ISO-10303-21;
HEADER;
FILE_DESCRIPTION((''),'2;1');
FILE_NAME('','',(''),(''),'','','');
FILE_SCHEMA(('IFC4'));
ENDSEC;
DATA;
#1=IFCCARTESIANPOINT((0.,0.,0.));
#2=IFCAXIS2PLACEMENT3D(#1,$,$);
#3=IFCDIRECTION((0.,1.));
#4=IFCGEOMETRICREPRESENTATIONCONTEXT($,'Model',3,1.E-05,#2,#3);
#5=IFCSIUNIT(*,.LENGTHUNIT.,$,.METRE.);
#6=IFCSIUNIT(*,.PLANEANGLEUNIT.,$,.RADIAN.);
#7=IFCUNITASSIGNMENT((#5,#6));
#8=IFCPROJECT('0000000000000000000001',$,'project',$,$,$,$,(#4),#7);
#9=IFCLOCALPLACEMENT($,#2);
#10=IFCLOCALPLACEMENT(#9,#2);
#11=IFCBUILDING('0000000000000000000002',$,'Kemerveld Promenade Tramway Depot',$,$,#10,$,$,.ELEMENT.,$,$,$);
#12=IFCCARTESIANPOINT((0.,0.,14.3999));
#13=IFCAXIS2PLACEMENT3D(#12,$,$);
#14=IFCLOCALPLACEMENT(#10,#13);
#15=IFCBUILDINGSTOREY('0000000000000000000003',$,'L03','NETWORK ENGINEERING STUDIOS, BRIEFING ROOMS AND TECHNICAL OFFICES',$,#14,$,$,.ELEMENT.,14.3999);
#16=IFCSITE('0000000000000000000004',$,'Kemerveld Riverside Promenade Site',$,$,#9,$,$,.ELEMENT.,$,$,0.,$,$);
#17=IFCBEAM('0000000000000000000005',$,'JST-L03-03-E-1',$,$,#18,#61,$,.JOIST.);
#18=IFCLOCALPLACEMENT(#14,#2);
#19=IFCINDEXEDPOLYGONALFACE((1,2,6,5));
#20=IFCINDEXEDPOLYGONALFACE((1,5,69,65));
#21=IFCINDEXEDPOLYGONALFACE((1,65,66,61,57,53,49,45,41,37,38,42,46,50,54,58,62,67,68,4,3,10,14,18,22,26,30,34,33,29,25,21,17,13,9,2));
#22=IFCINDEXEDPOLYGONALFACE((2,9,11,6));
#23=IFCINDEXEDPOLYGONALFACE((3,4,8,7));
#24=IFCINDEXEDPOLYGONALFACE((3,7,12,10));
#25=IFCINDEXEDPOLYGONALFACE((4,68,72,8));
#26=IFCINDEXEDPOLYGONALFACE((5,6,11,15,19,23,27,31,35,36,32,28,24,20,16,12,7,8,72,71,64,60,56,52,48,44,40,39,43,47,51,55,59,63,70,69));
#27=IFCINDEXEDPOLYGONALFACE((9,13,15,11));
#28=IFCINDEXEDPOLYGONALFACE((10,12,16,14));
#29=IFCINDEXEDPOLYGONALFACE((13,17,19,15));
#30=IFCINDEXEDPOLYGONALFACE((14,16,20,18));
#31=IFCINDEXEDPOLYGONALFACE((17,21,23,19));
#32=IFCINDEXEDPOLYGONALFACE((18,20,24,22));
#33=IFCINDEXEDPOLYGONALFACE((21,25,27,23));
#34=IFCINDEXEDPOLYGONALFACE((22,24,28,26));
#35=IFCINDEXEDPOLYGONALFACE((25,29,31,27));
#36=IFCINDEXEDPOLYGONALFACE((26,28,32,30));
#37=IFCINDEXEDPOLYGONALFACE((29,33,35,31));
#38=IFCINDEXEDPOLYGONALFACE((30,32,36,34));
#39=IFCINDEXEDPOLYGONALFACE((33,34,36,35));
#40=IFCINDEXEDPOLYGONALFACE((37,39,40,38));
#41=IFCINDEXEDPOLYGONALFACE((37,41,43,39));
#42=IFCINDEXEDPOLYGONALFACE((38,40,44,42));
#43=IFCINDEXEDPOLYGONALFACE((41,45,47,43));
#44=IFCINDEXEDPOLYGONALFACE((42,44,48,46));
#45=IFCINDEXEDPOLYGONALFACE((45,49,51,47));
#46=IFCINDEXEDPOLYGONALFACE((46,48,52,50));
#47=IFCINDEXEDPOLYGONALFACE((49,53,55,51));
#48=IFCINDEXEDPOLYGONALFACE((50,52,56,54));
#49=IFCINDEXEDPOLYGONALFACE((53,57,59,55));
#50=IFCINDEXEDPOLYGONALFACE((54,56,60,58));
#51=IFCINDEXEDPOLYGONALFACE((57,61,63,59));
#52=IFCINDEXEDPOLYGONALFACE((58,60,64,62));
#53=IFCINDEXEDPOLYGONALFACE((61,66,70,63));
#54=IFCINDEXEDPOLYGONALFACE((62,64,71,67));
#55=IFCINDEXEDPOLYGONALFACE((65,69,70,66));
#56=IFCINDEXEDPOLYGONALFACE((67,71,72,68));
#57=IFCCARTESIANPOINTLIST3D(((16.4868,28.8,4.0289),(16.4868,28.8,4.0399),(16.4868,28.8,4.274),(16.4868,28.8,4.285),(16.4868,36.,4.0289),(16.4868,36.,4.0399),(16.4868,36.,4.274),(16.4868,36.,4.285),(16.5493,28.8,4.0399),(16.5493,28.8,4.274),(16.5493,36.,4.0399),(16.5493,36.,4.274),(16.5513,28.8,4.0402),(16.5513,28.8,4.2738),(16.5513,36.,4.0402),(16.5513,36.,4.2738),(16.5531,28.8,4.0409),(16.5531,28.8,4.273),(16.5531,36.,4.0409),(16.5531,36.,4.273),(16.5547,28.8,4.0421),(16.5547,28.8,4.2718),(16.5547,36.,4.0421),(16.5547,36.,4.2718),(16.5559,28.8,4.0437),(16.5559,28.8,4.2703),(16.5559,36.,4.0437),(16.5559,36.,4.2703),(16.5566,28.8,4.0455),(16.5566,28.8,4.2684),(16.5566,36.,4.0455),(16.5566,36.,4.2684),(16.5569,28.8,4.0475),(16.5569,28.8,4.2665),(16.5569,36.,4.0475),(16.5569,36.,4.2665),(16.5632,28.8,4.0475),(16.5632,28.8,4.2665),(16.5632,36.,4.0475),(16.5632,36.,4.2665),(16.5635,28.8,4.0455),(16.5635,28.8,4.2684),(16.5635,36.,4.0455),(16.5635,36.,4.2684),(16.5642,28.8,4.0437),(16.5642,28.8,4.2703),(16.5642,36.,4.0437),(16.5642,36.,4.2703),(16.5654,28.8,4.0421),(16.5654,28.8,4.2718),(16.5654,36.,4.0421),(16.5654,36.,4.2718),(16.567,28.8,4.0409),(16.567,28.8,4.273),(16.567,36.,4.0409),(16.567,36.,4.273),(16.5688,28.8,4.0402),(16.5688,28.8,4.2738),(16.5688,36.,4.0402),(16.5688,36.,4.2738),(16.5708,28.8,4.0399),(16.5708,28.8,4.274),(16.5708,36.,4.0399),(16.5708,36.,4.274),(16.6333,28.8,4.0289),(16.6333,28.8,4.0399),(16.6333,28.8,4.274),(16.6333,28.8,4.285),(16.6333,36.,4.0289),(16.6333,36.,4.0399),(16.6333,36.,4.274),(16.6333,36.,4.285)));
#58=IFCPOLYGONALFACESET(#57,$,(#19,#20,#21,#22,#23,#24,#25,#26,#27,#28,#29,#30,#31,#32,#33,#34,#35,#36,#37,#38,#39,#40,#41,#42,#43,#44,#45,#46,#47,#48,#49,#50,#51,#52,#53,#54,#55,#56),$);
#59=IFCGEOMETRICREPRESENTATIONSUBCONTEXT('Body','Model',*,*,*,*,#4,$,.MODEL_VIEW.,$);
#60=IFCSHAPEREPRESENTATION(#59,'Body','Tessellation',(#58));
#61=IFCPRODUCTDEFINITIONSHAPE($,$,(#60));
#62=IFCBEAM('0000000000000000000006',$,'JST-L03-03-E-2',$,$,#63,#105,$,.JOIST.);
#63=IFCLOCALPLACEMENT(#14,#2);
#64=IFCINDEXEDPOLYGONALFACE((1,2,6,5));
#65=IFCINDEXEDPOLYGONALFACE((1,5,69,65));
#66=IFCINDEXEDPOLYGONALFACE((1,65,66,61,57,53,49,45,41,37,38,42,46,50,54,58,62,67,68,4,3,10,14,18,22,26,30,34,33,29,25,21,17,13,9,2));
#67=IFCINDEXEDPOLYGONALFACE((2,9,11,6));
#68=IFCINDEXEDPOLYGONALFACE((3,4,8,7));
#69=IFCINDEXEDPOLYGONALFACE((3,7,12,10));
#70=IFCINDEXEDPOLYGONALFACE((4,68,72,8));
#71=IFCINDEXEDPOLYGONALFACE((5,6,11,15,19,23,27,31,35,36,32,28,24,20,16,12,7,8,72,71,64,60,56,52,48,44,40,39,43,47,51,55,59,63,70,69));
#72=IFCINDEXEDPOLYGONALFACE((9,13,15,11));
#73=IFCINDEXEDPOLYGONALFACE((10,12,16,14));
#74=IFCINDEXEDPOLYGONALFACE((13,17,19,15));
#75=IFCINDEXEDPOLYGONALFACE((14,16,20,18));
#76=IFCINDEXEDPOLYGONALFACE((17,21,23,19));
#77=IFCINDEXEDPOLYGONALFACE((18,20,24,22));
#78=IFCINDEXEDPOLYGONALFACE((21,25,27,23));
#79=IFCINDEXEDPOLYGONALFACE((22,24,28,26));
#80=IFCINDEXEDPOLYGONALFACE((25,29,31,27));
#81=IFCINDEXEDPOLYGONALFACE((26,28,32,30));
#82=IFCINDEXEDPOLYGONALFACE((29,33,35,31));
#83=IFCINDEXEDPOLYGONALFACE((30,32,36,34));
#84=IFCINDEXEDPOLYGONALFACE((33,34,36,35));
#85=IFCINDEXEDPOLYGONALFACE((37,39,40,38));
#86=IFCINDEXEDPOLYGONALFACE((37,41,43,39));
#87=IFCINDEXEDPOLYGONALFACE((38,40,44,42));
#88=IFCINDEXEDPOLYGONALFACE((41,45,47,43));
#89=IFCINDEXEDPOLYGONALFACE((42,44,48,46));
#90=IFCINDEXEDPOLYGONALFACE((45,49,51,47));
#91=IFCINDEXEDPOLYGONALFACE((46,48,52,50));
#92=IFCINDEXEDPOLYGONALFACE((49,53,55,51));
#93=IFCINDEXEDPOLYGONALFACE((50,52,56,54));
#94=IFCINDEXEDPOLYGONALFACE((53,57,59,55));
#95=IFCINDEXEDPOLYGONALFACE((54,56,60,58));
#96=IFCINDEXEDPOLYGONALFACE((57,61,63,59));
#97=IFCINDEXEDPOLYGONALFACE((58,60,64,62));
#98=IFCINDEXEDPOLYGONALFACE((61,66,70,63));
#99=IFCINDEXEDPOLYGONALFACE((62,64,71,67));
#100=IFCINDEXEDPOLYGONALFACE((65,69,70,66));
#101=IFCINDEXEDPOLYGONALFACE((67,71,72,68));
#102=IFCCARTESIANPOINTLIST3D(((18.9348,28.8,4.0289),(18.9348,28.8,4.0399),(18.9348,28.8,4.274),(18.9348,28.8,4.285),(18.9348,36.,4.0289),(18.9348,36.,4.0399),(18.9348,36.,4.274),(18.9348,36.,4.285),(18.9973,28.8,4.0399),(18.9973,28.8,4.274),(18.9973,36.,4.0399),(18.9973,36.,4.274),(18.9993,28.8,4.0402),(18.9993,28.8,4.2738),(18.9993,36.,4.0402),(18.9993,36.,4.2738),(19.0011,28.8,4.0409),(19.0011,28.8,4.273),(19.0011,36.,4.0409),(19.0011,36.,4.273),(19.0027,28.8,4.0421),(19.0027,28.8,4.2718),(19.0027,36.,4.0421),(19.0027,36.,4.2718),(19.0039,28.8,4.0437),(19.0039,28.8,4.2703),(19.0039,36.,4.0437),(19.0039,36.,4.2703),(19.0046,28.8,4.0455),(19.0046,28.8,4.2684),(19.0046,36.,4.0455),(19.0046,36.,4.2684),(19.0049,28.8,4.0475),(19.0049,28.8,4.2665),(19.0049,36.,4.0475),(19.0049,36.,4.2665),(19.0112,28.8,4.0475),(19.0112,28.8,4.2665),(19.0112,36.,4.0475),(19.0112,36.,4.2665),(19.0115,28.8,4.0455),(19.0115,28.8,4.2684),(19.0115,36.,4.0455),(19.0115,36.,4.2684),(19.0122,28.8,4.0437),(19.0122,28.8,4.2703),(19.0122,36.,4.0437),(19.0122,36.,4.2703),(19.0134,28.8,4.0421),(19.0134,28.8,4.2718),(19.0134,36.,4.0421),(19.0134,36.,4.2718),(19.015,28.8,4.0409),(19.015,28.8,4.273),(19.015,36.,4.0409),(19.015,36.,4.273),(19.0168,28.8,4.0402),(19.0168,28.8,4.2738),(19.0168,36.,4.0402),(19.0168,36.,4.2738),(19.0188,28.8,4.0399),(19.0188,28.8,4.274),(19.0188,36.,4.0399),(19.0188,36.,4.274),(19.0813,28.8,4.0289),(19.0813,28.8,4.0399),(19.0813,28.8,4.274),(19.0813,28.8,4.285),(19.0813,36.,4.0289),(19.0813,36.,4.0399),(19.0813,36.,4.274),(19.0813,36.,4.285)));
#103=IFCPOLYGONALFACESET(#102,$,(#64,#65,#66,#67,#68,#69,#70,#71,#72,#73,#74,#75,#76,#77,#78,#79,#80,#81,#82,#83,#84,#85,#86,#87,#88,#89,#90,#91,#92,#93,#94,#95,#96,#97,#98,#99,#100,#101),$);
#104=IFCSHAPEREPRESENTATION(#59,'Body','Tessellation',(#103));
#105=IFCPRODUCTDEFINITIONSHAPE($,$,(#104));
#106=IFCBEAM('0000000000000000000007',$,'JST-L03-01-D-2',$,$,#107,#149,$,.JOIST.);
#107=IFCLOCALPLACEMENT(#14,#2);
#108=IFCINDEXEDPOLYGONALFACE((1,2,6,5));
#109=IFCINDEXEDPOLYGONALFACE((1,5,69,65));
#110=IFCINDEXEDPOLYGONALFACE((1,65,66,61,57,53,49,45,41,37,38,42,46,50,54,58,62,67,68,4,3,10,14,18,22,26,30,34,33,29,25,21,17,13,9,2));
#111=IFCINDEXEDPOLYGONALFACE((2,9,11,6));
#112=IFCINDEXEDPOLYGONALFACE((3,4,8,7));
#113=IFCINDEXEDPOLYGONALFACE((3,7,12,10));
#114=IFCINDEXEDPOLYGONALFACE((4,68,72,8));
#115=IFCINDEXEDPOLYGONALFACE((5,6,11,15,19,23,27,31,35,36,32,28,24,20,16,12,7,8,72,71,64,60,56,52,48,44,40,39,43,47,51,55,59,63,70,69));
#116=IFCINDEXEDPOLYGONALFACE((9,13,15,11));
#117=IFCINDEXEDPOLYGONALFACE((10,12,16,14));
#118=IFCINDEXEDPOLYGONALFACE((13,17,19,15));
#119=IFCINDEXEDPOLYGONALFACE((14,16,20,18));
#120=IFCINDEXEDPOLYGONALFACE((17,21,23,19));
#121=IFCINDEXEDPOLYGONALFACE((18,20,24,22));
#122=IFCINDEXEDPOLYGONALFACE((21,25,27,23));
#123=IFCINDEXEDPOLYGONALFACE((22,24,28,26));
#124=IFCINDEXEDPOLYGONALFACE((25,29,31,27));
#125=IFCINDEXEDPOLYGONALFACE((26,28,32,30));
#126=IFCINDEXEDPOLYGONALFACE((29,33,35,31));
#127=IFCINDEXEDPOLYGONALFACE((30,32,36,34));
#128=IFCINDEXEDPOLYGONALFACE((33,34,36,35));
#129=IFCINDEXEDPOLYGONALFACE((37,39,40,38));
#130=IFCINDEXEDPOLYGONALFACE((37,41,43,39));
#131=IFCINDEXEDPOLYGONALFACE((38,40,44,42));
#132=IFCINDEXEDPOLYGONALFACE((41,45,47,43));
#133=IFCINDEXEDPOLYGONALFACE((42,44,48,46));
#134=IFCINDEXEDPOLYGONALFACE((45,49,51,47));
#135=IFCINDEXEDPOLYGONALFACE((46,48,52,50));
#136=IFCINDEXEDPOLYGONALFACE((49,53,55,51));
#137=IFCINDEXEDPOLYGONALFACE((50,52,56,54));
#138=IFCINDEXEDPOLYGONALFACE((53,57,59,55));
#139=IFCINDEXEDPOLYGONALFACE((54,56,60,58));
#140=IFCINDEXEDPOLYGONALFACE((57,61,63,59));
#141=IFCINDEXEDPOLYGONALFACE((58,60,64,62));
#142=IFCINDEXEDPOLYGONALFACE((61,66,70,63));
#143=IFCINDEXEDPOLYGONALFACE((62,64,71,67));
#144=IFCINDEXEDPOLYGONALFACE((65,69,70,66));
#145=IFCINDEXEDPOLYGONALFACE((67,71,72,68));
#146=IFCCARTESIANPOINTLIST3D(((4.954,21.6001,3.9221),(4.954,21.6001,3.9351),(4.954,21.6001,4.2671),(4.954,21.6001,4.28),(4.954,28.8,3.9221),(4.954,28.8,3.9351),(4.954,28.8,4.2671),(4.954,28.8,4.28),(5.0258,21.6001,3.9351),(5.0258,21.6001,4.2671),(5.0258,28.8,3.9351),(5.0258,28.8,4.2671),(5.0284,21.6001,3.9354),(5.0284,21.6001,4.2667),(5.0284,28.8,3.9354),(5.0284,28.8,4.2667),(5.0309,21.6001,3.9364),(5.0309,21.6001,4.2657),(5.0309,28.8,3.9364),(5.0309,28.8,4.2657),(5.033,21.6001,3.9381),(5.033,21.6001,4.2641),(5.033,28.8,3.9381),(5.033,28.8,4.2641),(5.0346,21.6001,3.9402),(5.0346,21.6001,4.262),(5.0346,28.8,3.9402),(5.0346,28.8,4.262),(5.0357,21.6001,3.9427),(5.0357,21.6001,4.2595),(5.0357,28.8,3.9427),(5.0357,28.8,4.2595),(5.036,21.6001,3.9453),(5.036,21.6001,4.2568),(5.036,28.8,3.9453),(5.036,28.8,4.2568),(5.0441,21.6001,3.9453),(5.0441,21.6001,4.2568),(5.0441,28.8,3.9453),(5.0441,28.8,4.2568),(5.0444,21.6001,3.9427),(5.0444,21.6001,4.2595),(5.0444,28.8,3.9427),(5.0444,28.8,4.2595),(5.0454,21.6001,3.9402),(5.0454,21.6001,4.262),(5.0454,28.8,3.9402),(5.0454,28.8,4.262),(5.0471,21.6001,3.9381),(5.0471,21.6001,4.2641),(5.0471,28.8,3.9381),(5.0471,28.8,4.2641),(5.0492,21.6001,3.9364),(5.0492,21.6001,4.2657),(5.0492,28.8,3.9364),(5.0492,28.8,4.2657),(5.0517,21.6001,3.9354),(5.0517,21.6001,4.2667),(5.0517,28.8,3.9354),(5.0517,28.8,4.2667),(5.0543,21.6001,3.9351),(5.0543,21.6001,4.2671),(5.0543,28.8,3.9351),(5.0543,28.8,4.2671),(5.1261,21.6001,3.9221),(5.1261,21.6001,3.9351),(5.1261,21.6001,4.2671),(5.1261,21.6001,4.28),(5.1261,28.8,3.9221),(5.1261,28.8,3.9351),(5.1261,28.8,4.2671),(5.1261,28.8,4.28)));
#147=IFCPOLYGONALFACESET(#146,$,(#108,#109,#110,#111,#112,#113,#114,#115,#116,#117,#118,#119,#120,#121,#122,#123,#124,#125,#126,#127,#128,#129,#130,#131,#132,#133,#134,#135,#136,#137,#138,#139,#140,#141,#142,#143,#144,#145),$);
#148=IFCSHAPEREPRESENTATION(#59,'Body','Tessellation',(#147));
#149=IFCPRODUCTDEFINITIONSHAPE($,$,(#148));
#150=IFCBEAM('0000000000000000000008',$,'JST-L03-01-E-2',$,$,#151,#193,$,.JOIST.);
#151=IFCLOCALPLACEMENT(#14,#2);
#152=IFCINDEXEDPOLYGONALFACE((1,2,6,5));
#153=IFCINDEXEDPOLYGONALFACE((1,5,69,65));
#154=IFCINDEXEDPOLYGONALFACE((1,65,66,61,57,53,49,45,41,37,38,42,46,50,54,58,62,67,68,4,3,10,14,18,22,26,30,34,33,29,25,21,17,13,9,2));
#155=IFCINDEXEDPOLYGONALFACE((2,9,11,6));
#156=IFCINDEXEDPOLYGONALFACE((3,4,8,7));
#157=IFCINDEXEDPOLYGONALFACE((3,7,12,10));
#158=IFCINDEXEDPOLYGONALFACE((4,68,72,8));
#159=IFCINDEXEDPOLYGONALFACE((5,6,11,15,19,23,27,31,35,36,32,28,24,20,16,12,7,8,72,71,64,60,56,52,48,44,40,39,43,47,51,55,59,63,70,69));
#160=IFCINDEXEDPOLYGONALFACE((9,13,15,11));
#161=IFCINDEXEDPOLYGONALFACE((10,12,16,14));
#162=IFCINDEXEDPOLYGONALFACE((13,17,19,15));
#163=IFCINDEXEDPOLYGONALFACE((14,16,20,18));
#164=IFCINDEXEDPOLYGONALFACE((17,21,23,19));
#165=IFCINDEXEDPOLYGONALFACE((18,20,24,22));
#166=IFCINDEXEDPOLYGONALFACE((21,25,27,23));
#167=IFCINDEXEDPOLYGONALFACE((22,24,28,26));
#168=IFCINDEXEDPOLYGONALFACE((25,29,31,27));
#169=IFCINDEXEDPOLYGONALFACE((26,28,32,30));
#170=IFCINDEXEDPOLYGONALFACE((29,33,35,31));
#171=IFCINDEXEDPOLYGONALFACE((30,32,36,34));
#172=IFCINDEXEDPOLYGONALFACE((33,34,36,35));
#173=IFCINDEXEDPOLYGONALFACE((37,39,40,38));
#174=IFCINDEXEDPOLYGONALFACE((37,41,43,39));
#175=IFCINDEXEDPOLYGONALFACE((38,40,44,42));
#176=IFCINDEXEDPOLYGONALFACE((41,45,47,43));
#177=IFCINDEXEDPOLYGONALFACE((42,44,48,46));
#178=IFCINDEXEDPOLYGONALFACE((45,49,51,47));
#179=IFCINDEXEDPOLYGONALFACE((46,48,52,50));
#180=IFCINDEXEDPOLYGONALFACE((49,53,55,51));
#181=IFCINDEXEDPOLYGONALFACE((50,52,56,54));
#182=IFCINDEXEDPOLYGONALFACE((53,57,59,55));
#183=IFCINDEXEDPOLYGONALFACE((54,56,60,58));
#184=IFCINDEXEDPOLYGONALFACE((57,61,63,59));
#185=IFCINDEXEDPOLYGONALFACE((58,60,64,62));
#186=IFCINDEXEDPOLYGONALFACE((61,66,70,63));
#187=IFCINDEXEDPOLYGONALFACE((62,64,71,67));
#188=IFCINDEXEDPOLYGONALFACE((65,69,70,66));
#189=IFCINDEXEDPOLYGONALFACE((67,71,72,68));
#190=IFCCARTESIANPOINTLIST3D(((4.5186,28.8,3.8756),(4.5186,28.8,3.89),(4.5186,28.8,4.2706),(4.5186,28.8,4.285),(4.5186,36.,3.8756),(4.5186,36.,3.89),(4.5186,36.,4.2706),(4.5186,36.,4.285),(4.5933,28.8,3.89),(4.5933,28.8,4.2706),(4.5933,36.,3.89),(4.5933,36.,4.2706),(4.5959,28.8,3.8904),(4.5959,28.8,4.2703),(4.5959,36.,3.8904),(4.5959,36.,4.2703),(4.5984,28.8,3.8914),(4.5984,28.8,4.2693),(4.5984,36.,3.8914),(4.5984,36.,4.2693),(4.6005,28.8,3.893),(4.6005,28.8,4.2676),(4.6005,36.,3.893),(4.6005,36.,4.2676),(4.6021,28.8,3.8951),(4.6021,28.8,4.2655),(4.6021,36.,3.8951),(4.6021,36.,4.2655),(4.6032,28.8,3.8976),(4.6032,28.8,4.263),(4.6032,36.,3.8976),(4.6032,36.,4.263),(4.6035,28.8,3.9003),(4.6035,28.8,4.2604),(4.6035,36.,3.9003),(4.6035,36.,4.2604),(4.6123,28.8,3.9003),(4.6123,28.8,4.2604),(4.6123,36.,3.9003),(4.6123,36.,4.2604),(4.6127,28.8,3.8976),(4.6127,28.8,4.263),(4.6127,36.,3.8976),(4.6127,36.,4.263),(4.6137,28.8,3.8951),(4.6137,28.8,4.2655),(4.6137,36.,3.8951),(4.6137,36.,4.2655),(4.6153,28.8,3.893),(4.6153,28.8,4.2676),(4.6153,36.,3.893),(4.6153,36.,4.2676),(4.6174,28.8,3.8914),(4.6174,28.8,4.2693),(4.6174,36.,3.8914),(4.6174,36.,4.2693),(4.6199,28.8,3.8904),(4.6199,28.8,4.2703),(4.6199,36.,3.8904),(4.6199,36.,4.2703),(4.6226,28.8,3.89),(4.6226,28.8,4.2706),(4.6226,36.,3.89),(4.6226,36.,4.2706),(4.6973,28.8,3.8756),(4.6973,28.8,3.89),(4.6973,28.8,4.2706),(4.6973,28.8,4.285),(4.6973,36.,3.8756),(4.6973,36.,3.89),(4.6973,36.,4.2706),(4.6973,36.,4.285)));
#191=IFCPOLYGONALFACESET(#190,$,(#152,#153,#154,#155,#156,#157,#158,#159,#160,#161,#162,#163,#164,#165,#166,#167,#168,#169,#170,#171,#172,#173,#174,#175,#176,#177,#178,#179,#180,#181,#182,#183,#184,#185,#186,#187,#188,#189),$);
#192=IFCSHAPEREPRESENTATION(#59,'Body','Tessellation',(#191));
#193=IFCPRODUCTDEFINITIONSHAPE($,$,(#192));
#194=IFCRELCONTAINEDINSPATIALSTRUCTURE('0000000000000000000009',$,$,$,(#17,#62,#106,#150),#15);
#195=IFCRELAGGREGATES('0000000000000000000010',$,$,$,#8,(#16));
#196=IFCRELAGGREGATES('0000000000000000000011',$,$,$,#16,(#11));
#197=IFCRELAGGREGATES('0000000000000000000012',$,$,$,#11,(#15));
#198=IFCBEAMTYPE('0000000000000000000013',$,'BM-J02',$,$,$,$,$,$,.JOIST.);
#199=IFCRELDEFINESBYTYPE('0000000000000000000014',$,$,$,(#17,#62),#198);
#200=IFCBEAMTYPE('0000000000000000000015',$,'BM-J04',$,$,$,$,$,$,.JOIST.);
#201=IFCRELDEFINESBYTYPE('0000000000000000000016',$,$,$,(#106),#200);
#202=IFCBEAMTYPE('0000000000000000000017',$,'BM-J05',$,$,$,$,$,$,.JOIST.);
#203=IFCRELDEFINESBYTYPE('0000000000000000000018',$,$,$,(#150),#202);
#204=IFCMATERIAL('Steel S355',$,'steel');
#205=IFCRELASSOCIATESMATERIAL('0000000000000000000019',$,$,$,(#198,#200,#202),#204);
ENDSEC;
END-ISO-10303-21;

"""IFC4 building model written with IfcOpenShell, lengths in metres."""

from ifc_helpers import new_model, si_unit, direction, frame, origin, origin_2d, place, context, subcontext, project, spatial, i_section, extrude, material, material_profile, profile_set, type_object, element, save


model = new_model("IFC4")

# Units and contexts
model_context = context("Model", 3, precision=1e-05, world=origin(), true_north=direction((0.0, 1.0)))
body_context = subcontext(model_context, "Body", "Model", "MODEL_VIEW")
ifc_project = project(units=[si_unit("LENGTHUNIT", "METRE"), si_unit("PLANEANGLEUNIT", "RADIAN")], contexts=[model_context])

# Site, building, storey
site_placement = place(None, origin())
site = spatial("IfcSite", under=ifc_project, at=site_placement, Name="Kemerveld Riverside Promenade Site", CompositionType="ELEMENT", RefElevation=0.0)
building_placement = place(site_placement, origin())
building = spatial("IfcBuilding", under=site, at=building_placement, Name="Kemerveld Promenade Tramway Depot", CompositionType="ELEMENT")
storey_placement = place(building_placement, frame((0.0, 0.0, 14.3999)))
storey = spatial("IfcBuildingStorey", under=building, at=storey_placement, Name="L03", Description="NETWORK ENGINEERING STUDIOS, BRIEFING ROOMS AND TECHNICAL OFFICES", CompositionType="ELEMENT", Elevation=14.3999)

# Shared definitions
ifc_material_1 = material(Name="Steel S355", Category="steel")

# Beams
ifc_material_profile_1 = material_profile(ifc_material_1, i_section(OverallWidth=0.1465, OverallDepth=0.2561, WebThickness=0.0063, FlangeThickness=0.011, FilletRadius=0.0076, at=origin_2d()), Name="254x146x37 UB")
ifc_profile_set_1 = profile_set([ifc_material_profile_1], Name="Steel S355")
beam_type_1 = type_object("IfcBeamType", Name="BM-J02", PredefinedType="JOIST", material=ifc_profile_set_1)
for number, where, z_axis, x_axis, name in (
    (1, (16.5601, 28.8, 4.157), (0.0, 1.0, 0.0), (-1.0, 0.0, 0.0), "JST-L03-03-E-1"),
    (2, (19.0081, 28.8, 4.157), (0.0, 1.0, 0.0), (-1.0, 0.0, 0.0), "JST-L03-03-E-2"),
):
    element("IfcBeam", number, at=place(storey_placement, frame(where, z_axis=z_axis, x_axis=x_axis)), inside=storey, type_object=beam_type_1, Name=name, PredefinedType="JOIST", context=body_context, shape_type="SweptSolid", body=[
        extrude(i_section(OverallWidth=0.1465, OverallDepth=0.2561, WebThickness=0.0063, FlangeThickness=0.011, FilletRadius=0.0076, at=origin_2d()), origin(), (0.0, 0.0, 1.0), 7.2),
    ])
ifc_material_profile_2 = material_profile(ifc_material_1, i_section(OverallWidth=0.1721, OverallDepth=0.3579, WebThickness=0.0081, FlangeThickness=0.0129, FilletRadius=0.0103, at=origin_2d()), Name="356x171x57 UB")
ifc_profile_set_2 = profile_set([ifc_material_profile_2], Name="Steel S355")
beam_type_2 = type_object("IfcBeamType", Name="BM-J04", PredefinedType="JOIST", material=ifc_profile_set_2)
beam_1_placement = place(storey_placement, frame((5.04, 21.6001, 4.1011), z_axis=(0.0, 1.0, 0.0), x_axis=(-1.0, 0.0, 0.0)))
element("IfcBeam", 3, at=beam_1_placement, inside=storey, type_object=beam_type_2, Name="JST-L03-01-D-2", PredefinedType="JOIST", context=body_context, shape_type="SweptSolid", body=[
    extrude(i_section(OverallWidth=0.1721, OverallDepth=0.3579, WebThickness=0.0081, FlangeThickness=0.0129, FilletRadius=0.0103, at=origin_2d()), origin(), (0.0, 0.0, 1.0), 7.2),
])
ifc_material_profile_3 = material_profile(ifc_material_1, i_section(OverallWidth=0.1787, OverallDepth=0.4094, WebThickness=0.0088, FlangeThickness=0.0144, FilletRadius=0.0103, at=origin_2d()), Name="406x178x67 UB")
ifc_profile_set_3 = profile_set([ifc_material_profile_3], Name="Steel S355")
beam_type_3 = type_object("IfcBeamType", Name="BM-J05", PredefinedType="JOIST", material=ifc_profile_set_3)
for number, where, z_axis, x_axis, name in (
    (4, (4.6079, 28.8, 4.0803), (0.0, 1.0, 0.0), (-1.0, 0.0, 0.0), "JST-L03-01-E-2"),
):
    element("IfcBeam", number, at=place(storey_placement, frame(where, z_axis=z_axis, x_axis=x_axis)), inside=storey, type_object=beam_type_3, Name=name, PredefinedType="JOIST", context=body_context, shape_type="SweptSolid", body=[
        extrude(i_section(OverallWidth=0.1787, OverallDepth=0.4094, WebThickness=0.0088, FlangeThickness=0.0144, FilletRadius=0.0103, at=origin_2d()), origin(), (0.0, 0.0, 1.0), 7.2),
    ])

save(model, "model.ifc")
